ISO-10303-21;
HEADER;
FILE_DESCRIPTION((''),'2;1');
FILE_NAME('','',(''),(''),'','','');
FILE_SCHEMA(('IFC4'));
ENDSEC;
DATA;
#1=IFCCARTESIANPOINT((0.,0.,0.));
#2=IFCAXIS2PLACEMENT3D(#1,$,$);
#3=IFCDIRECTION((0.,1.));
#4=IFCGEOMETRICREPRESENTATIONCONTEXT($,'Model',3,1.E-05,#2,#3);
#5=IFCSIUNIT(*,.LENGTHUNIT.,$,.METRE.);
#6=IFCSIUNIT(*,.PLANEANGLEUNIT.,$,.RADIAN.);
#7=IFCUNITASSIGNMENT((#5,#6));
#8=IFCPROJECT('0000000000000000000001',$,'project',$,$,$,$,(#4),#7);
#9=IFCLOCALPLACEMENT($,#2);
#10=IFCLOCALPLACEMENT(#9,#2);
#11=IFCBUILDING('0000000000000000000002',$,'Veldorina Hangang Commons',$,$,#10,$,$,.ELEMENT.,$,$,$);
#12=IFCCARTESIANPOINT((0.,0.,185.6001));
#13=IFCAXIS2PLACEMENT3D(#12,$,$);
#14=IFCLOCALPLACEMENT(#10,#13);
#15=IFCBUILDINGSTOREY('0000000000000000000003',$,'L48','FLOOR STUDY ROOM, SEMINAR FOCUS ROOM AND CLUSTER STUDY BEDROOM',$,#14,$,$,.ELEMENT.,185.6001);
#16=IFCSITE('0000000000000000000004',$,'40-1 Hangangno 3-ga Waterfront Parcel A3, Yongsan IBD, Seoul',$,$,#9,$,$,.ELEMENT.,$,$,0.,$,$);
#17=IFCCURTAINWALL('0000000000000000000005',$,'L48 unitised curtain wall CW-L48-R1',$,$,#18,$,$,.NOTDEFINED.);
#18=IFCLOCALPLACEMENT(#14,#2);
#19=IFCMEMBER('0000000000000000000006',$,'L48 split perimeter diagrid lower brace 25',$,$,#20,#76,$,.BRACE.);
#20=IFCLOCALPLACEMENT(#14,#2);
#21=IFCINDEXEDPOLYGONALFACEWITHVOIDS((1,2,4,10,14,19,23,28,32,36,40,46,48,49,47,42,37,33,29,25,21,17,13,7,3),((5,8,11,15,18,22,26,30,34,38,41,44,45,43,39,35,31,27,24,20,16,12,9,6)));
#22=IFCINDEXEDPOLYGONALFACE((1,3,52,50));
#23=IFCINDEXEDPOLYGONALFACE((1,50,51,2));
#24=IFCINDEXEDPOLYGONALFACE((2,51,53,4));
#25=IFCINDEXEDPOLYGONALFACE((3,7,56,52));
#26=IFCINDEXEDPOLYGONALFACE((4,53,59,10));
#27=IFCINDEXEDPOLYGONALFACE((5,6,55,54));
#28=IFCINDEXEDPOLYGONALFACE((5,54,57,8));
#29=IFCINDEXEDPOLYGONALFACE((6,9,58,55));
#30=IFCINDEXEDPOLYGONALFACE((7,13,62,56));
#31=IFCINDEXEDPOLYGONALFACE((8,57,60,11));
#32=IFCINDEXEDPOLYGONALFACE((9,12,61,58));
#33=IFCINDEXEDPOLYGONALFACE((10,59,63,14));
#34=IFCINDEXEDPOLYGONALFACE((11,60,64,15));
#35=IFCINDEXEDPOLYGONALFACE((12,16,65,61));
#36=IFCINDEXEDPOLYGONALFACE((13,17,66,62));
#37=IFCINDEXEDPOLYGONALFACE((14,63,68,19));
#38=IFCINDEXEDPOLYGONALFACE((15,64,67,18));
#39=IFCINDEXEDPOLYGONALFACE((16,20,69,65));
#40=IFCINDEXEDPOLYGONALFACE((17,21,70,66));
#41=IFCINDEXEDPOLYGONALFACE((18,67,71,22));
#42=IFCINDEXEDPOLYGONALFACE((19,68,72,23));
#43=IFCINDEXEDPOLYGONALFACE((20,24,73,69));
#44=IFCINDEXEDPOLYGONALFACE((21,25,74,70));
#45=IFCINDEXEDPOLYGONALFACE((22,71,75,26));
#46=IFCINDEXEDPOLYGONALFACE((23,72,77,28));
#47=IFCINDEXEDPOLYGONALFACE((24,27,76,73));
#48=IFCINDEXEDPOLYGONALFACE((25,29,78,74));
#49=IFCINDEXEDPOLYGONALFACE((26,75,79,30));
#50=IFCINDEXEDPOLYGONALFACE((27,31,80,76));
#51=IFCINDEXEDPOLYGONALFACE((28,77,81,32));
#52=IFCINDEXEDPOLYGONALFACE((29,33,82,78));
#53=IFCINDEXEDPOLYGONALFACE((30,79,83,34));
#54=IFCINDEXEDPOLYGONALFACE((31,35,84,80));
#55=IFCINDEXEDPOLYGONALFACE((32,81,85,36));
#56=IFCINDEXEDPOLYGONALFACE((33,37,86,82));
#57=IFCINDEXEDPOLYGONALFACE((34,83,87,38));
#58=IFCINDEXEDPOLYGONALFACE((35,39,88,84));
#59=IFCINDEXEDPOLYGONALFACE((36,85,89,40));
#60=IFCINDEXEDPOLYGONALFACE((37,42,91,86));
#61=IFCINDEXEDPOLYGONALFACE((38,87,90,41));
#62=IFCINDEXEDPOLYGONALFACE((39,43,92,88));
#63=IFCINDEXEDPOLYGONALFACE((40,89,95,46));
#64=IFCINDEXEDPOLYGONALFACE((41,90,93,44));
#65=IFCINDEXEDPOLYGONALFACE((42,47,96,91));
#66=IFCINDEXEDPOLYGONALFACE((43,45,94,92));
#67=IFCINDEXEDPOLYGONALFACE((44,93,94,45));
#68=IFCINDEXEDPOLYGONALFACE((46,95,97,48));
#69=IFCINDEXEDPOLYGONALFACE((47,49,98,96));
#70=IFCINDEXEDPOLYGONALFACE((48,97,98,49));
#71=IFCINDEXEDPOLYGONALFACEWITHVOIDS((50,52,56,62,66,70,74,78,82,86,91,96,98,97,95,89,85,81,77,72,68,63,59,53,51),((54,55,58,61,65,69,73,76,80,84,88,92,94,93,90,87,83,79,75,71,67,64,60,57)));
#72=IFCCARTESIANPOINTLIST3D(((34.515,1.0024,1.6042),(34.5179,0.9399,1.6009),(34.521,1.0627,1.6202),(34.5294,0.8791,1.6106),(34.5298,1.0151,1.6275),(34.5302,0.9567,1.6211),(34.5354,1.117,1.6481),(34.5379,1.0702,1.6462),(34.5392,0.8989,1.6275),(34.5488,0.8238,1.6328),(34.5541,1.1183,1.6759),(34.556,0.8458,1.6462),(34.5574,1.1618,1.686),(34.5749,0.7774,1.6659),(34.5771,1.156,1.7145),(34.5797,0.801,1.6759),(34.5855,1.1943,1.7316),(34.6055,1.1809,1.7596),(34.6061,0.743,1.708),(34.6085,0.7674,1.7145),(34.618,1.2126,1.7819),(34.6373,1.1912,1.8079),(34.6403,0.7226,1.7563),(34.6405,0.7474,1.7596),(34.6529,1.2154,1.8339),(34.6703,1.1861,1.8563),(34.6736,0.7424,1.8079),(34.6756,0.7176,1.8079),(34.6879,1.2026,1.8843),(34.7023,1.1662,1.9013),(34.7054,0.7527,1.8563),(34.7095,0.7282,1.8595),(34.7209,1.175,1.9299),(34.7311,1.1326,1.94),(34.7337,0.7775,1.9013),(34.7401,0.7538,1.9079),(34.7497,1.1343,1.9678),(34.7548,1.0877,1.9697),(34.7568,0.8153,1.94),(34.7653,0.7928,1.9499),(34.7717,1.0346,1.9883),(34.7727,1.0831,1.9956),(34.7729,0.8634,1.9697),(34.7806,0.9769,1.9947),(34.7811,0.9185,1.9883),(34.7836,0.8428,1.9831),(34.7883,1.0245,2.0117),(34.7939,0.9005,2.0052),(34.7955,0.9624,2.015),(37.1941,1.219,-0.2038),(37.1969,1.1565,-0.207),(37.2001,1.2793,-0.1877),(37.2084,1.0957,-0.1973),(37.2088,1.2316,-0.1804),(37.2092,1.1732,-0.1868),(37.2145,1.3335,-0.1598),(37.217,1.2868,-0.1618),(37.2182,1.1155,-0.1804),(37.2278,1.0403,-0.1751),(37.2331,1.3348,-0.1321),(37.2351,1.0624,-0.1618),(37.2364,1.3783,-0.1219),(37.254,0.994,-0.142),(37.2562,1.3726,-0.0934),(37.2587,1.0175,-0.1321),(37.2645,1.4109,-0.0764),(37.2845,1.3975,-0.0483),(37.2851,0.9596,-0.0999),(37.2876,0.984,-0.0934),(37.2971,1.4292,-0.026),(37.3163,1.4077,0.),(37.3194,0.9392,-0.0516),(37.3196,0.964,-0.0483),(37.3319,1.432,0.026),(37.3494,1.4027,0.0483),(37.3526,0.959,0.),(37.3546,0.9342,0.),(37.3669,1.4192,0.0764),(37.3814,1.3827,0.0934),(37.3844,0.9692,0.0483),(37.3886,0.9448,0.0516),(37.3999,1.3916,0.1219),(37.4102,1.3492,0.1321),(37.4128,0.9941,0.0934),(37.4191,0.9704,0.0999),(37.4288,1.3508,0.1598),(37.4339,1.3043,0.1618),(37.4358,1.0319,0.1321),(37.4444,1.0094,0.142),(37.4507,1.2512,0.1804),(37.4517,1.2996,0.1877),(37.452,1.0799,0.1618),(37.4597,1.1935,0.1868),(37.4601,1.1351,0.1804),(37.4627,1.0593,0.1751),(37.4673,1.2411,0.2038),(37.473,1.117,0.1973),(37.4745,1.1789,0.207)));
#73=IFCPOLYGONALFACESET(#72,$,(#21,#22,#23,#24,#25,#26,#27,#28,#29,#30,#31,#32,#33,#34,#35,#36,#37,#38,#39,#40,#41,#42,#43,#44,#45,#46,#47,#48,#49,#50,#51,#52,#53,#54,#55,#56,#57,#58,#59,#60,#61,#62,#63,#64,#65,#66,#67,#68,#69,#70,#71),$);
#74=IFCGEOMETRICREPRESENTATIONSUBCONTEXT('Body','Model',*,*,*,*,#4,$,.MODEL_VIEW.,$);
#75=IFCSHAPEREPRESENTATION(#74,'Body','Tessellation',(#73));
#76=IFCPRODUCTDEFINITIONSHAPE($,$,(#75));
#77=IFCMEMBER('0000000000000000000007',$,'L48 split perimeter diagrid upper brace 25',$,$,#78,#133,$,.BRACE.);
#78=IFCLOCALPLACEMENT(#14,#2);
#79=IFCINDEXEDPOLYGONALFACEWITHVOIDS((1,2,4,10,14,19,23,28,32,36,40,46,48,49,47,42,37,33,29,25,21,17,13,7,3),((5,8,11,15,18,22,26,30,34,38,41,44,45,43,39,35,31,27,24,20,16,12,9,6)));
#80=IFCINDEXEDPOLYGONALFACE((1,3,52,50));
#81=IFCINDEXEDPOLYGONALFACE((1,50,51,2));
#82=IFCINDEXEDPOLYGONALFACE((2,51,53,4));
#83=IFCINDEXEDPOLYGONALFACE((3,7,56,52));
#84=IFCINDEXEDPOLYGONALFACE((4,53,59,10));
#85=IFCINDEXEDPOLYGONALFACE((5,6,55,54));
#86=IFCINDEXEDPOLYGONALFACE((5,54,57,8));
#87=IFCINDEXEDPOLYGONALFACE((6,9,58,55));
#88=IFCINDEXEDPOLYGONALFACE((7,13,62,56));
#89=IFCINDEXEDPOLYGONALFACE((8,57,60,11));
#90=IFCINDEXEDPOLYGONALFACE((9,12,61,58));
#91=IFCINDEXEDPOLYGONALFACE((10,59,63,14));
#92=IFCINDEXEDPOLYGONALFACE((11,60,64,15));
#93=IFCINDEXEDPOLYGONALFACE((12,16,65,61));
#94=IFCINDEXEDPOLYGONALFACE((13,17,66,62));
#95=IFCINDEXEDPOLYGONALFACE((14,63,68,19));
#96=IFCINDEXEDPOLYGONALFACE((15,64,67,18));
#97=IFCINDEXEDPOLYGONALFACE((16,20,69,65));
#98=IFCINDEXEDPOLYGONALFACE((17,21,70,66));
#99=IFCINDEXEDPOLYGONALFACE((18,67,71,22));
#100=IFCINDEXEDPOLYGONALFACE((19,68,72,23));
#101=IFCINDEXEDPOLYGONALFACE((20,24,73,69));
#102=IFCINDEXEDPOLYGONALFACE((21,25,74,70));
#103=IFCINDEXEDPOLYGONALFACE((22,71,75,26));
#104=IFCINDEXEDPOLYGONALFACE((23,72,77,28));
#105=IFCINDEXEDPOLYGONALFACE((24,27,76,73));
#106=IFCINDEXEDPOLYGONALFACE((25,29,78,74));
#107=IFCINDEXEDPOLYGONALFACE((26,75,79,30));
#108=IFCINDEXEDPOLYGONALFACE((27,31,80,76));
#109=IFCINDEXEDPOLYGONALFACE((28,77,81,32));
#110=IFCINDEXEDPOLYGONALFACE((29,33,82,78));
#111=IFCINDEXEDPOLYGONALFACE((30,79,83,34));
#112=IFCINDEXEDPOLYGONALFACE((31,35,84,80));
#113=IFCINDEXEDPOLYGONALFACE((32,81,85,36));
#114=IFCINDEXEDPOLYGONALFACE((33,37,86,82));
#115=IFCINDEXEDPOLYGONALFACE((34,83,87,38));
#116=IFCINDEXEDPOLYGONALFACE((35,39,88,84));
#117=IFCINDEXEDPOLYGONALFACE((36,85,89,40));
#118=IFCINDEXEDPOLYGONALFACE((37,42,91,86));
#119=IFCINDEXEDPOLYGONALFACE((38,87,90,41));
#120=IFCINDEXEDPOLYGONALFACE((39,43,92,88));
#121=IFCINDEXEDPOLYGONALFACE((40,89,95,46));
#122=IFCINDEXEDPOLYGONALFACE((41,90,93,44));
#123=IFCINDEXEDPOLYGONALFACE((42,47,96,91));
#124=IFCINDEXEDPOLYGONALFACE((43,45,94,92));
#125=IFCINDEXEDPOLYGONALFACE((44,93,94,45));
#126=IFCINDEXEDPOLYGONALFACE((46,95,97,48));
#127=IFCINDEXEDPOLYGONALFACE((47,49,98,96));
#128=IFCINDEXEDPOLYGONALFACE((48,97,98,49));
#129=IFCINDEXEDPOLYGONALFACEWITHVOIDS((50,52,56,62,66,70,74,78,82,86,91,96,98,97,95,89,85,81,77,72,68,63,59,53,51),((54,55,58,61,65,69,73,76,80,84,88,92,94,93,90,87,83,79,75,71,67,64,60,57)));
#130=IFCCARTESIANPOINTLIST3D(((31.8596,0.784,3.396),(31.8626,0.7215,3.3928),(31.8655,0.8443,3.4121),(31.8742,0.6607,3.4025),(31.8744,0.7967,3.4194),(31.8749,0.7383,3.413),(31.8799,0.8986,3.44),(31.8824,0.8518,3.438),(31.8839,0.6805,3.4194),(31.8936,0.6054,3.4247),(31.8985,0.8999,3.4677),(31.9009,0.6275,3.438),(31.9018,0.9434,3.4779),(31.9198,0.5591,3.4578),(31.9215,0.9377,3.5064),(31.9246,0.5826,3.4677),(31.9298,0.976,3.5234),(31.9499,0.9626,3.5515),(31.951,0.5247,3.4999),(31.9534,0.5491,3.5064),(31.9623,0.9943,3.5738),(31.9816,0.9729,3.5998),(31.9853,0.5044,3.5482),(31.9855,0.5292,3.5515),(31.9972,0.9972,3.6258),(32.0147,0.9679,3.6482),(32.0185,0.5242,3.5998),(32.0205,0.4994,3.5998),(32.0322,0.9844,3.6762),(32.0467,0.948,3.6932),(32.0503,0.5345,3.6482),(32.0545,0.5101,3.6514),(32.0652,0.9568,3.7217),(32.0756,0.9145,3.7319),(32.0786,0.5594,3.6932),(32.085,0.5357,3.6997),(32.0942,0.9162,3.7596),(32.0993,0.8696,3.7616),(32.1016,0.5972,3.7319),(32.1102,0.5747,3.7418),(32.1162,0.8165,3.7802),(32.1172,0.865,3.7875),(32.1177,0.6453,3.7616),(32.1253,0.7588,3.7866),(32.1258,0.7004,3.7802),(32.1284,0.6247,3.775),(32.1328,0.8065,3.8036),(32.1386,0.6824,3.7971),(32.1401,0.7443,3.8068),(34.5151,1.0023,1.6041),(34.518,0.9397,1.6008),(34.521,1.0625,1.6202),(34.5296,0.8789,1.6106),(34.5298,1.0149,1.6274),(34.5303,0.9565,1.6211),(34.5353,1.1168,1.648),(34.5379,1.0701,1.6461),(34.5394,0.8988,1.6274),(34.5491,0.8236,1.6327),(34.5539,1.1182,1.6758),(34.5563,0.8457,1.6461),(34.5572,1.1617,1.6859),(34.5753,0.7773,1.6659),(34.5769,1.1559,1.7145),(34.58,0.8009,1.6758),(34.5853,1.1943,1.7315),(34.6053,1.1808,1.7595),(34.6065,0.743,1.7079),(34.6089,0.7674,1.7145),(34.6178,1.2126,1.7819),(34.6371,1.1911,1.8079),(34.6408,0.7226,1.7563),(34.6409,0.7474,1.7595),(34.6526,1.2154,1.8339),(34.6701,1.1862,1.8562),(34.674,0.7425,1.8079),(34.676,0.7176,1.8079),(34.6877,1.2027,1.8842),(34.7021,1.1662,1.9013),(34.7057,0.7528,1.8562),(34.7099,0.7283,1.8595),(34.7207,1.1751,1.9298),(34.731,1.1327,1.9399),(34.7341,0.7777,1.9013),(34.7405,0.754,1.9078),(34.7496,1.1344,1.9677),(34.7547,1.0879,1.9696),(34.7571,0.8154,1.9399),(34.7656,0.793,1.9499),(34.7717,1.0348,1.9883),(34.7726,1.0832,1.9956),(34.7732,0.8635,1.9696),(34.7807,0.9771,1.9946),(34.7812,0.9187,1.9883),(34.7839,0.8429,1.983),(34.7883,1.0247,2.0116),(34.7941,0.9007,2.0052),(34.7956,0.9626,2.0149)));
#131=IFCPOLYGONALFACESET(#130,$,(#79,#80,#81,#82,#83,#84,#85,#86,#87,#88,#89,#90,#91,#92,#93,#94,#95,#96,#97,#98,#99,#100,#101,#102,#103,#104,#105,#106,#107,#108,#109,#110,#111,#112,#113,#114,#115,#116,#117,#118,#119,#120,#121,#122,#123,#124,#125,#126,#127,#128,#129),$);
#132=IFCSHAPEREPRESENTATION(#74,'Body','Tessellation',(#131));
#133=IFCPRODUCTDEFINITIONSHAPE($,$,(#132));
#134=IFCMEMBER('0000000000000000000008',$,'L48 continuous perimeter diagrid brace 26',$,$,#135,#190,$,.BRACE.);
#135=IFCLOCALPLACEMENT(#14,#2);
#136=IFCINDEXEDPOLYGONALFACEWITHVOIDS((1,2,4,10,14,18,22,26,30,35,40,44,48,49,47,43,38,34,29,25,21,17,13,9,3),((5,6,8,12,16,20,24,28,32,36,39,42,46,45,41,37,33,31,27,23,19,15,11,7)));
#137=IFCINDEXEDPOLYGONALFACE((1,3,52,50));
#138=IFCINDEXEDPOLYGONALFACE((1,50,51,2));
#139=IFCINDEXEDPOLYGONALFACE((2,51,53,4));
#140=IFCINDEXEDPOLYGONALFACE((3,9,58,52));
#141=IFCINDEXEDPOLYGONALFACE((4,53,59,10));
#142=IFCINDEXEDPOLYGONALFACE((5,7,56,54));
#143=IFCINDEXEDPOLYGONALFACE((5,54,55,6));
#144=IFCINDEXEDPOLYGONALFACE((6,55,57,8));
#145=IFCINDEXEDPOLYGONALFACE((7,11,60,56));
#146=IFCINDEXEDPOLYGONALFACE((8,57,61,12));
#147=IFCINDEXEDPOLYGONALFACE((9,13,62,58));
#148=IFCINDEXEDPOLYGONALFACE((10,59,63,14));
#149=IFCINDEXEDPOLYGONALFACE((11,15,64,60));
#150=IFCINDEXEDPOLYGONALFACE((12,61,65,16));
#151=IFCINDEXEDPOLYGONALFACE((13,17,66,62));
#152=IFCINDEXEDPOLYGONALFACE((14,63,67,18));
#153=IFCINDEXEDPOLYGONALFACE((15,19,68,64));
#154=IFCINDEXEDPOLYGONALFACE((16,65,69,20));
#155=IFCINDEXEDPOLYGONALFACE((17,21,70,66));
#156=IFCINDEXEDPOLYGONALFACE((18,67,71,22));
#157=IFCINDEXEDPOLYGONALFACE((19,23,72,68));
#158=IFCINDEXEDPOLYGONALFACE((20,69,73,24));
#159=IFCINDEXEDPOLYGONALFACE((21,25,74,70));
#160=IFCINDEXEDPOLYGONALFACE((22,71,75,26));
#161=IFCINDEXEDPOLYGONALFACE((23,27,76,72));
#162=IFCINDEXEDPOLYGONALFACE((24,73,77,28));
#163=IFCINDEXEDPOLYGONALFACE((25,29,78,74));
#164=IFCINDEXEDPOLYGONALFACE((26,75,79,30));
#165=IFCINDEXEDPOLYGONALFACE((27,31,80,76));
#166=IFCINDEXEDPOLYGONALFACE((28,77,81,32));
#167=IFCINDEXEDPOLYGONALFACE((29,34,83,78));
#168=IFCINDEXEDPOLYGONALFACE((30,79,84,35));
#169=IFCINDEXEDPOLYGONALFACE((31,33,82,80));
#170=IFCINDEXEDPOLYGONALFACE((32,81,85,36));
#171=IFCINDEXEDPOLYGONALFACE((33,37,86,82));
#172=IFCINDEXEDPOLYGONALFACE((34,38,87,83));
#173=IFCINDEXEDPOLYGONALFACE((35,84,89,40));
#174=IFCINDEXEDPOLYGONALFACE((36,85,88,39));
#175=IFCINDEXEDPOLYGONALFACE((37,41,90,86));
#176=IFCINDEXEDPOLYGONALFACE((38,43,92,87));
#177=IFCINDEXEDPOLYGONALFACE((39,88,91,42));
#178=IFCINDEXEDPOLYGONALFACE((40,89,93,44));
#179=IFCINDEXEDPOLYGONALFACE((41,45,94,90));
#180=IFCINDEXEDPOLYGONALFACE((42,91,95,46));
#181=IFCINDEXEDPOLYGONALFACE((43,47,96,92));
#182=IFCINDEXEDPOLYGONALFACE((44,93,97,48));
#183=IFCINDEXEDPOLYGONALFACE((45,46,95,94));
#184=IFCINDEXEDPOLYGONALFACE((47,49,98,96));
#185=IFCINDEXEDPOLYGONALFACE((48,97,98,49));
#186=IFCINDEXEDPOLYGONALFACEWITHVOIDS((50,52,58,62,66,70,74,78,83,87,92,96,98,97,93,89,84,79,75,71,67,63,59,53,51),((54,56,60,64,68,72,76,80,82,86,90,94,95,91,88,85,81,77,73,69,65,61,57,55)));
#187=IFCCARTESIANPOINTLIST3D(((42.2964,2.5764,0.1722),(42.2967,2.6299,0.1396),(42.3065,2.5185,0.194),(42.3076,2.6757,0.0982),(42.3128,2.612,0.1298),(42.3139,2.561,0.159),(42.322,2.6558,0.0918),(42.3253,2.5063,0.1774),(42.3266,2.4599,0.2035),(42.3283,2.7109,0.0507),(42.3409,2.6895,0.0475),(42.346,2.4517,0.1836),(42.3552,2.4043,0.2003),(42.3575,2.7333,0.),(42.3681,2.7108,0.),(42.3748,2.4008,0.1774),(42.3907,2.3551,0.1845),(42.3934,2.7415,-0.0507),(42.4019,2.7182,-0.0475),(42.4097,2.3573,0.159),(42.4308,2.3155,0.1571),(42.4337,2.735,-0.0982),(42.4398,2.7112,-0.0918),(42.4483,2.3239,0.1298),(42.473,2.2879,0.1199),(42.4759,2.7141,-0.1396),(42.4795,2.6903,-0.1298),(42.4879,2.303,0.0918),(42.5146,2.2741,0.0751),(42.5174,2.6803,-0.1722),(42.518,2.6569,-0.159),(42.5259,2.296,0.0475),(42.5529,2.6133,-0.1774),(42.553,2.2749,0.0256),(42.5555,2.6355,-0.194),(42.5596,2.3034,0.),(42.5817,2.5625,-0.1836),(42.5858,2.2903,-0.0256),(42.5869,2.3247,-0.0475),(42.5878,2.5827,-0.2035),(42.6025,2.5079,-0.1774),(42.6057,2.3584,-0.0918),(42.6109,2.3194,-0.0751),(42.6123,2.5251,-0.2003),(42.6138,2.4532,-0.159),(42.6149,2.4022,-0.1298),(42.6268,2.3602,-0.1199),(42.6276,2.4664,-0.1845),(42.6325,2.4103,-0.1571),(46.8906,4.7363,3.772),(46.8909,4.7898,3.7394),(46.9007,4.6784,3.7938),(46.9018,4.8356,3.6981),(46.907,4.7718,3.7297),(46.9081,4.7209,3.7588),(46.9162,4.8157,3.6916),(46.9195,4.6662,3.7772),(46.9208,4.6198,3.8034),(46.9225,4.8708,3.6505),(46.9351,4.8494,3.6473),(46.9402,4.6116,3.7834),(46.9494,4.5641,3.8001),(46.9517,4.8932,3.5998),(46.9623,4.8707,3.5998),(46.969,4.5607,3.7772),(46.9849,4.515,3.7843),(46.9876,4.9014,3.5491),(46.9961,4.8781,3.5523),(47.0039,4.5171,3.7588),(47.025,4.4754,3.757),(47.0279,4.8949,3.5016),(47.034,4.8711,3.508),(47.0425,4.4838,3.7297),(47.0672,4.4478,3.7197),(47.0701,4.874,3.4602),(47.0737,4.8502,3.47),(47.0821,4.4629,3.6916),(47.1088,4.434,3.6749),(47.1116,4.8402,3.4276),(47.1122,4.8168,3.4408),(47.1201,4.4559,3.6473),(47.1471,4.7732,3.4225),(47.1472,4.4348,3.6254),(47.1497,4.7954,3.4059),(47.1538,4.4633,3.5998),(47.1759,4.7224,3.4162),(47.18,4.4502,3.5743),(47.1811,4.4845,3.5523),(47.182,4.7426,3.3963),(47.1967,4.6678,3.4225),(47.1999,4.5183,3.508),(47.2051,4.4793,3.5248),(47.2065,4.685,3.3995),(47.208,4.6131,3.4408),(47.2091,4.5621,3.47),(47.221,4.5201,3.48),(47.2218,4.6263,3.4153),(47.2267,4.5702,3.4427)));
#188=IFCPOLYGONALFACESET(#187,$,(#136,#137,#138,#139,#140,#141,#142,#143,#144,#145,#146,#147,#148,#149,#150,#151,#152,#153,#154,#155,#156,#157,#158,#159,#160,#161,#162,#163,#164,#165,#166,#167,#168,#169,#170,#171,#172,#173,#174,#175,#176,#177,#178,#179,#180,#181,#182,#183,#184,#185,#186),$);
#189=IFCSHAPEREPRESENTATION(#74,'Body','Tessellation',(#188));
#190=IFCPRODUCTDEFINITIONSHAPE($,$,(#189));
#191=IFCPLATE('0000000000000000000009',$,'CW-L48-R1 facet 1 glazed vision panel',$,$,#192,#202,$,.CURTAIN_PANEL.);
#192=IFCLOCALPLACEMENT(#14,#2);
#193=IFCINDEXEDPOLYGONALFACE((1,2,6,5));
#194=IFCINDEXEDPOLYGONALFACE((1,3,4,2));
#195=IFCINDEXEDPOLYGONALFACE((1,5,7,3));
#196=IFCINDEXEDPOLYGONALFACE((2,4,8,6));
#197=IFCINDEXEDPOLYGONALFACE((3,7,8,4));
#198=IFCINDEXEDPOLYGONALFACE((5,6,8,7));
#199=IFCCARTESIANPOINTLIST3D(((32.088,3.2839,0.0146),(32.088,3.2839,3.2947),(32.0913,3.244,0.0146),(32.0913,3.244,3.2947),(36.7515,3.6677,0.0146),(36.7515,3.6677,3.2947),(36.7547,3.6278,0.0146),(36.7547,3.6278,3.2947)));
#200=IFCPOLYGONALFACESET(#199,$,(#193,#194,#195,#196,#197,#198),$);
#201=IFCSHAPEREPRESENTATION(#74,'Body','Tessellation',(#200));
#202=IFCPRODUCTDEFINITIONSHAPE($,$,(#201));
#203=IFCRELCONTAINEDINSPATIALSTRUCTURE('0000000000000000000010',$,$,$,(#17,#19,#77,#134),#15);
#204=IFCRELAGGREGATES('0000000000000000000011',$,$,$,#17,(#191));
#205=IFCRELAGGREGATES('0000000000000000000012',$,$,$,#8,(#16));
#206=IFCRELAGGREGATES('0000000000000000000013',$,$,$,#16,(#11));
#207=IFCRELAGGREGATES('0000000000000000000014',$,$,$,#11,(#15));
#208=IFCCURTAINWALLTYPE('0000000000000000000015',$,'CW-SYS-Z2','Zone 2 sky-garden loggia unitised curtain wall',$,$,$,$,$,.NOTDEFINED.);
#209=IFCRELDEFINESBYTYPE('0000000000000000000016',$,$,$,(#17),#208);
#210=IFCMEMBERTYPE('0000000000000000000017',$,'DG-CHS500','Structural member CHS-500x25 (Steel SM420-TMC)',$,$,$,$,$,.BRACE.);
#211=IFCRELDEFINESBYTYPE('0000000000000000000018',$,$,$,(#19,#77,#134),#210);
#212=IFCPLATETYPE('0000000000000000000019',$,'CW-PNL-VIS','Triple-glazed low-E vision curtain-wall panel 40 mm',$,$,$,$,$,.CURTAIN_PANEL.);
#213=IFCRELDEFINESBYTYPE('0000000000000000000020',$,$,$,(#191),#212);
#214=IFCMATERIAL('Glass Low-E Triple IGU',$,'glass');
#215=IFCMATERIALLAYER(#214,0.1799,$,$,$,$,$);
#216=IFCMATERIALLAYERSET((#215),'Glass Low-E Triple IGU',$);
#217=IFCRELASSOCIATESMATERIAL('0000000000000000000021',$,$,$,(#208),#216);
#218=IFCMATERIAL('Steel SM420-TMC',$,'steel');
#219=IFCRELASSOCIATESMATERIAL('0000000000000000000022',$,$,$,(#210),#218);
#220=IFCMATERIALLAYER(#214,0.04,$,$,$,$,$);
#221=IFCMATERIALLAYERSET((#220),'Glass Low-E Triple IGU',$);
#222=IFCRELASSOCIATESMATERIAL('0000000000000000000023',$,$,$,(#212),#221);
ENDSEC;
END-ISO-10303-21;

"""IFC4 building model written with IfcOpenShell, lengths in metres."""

from ifc_helpers import new_model, si_unit, direction, frame, origin, origin_2d, place, context, subcontext, project, spatial, rectangle, hollow_circle, extrude, material, layer, layer_set, material_profile, profile_set, type_object, element, aggregate, save


model = new_model("IFC4")

# Units and contexts
model_context = context("Model", 3, precision=1e-05, world=origin(), true_north=direction((0.0, 1.0)))
body_context = subcontext(model_context, "Body", "Model", "MODEL_VIEW")
ifc_project = project(units=[si_unit("LENGTHUNIT", "METRE"), si_unit("PLANEANGLEUNIT", "RADIAN")], contexts=[model_context])

# Site, building, storey
site_placement = place(None, origin())
site = spatial("IfcSite", under=ifc_project, at=site_placement, Name="40-1 Hangangno 3-ga Waterfront Parcel A3, Yongsan IBD, Seoul", CompositionType="ELEMENT", RefElevation=0.0)
building_placement = place(site_placement, origin())
building = spatial("IfcBuilding", under=site, at=building_placement, Name="Veldorina Hangang Commons", CompositionType="ELEMENT")
storey_placement = place(building_placement, frame((0.0, 0.0, 185.6001)))
storey = spatial("IfcBuildingStorey", under=building, at=storey_placement, Name="L48", Description="FLOOR STUDY ROOM, SEMINAR FOCUS ROOM AND CLUSTER STUDY BEDROOM", CompositionType="ELEMENT", Elevation=185.6001)

# Shared definitions
ifc_material_1 = material(Name="Steel SM420-TMC", Category="steel")

# Curtain wall
ifc_material_2 = material(Name="Glass Low-E Triple IGU", Category="glass")
ifc_layer_1 = layer(ifc_material_2, 0.1799)
ifc_layer_set_1 = layer_set([ifc_layer_1], Name="Glass Low-E Triple IGU")
curtain_wall_type = type_object("IfcCurtainWallType", Name="CW-SYS-Z2", Description="Zone 2 sky-garden loggia unitised curtain wall", PredefinedType="NOTDEFINED", material=ifc_layer_set_1)
curtain_wall_placement = place(storey_placement, origin())
curtain_wall = element("IfcCurtainWall", 1, at=curtain_wall_placement, inside=storey, type_object=curtain_wall_type, Name="L48 unitised curtain wall CW-L48-R1", PredefinedType="NOTDEFINED")

# Members
ifc_material_profile_1 = material_profile(ifc_material_1, hollow_circle(Radius=0.25, WallThickness=0.0249, at=origin_2d()), Name="CHS-500x25")
ifc_profile_set_1 = profile_set([ifc_material_profile_1], Name="Steel SM420-TMC")
member_type_1 = type_object("IfcMemberType", Name="DG-CHS500", Description="Structural member CHS-500x25 (Steel SM420-TMC)", PredefinedType="BRACE", material=ifc_profile_set_1)
member_1_placement = place(storey_placement, frame((37.3345, 1.1833, 0.0), z_axis=(-0.827056, -0.066855, 0.558129), x_axis=(0.080572, -0.996749, 0.0)))
element("IfcMember", 2, at=member_1_placement, inside=storey, type_object=member_type_1, Name="L48 split perimeter diagrid lower brace 25", PredefinedType="BRACE", context=body_context, shape_type="SweptSolid", body=[
    extrude(hollow_circle(Radius=0.25, WallThickness=0.0249, at=origin_2d()), origin(), (0.0, 0.0, 1.0), 3.2393),
])
member_2_placement = place(storey_placement, frame((34.6555, 0.9668, 1.8079), z_axis=(-0.827001, -0.067973, 0.558076), x_axis=(0.081916, -0.996639, 0.0)))
element("IfcMember", 3, at=member_2_placement, inside=storey, type_object=member_type_1, Name="L48 split perimeter diagrid upper brace 25", PredefinedType="BRACE", context=body_context, shape_type="SweptSolid", body=[
    extrude(hollow_circle(Radius=0.25, WallThickness=0.0249, at=origin_2d()), origin(), (0.0, 0.0, 1.0), 3.2109),
])
member_3_placement = place(storey_placement, frame((42.4639, 2.5071, 0.0), z_axis=(0.738215, 0.347061, 0.578435), x_axis=(-0.425461, 0.904977, 0.0)))
element("IfcMember", 4, at=member_3_placement, inside=storey, type_object=member_type_1, Name="L48 continuous perimeter diagrid brace 26", PredefinedType="BRACE", context=body_context, shape_type="SweptSolid", body=[
    extrude(hollow_circle(Radius=0.25, WallThickness=0.0249, at=origin_2d()), origin(), (0.0, 0.0, 1.0), 6.2234),
])

# Plate
ifc_layer_2 = layer(ifc_material_2, 0.04)
ifc_layer_set_2 = layer_set([ifc_layer_2], Name="Glass Low-E Triple IGU")
plate_type_1 = type_object("IfcPlateType", Name="CW-PNL-VIS", Description="Triple-glazed low-E vision curtain-wall panel 40 mm", PredefinedType="CURTAIN_PANEL", material=ifc_layer_set_2)
plate_1_placement = place(storey_placement, frame((34.4214, 3.4558, 0.0146), z_axis=(0.0, 0.0, 1.0), x_axis=(0.99663, 0.082025, 0.0)))
plate_1 = element("IfcPlate", 5, at=plate_1_placement, type_object=plate_type_1, Name="CW-L48-R1 facet 1 glazed vision panel", PredefinedType="CURTAIN_PANEL", context=body_context, shape_type="SweptSolid", body=[
    extrude(rectangle(XDim=4.6792, YDim=0.04, at=origin_2d()), origin(), (0.0, 0.0, 1.0), 3.28),
])
aggregate(curtain_wall, [plate_1])

save(model, "model.ifc")
